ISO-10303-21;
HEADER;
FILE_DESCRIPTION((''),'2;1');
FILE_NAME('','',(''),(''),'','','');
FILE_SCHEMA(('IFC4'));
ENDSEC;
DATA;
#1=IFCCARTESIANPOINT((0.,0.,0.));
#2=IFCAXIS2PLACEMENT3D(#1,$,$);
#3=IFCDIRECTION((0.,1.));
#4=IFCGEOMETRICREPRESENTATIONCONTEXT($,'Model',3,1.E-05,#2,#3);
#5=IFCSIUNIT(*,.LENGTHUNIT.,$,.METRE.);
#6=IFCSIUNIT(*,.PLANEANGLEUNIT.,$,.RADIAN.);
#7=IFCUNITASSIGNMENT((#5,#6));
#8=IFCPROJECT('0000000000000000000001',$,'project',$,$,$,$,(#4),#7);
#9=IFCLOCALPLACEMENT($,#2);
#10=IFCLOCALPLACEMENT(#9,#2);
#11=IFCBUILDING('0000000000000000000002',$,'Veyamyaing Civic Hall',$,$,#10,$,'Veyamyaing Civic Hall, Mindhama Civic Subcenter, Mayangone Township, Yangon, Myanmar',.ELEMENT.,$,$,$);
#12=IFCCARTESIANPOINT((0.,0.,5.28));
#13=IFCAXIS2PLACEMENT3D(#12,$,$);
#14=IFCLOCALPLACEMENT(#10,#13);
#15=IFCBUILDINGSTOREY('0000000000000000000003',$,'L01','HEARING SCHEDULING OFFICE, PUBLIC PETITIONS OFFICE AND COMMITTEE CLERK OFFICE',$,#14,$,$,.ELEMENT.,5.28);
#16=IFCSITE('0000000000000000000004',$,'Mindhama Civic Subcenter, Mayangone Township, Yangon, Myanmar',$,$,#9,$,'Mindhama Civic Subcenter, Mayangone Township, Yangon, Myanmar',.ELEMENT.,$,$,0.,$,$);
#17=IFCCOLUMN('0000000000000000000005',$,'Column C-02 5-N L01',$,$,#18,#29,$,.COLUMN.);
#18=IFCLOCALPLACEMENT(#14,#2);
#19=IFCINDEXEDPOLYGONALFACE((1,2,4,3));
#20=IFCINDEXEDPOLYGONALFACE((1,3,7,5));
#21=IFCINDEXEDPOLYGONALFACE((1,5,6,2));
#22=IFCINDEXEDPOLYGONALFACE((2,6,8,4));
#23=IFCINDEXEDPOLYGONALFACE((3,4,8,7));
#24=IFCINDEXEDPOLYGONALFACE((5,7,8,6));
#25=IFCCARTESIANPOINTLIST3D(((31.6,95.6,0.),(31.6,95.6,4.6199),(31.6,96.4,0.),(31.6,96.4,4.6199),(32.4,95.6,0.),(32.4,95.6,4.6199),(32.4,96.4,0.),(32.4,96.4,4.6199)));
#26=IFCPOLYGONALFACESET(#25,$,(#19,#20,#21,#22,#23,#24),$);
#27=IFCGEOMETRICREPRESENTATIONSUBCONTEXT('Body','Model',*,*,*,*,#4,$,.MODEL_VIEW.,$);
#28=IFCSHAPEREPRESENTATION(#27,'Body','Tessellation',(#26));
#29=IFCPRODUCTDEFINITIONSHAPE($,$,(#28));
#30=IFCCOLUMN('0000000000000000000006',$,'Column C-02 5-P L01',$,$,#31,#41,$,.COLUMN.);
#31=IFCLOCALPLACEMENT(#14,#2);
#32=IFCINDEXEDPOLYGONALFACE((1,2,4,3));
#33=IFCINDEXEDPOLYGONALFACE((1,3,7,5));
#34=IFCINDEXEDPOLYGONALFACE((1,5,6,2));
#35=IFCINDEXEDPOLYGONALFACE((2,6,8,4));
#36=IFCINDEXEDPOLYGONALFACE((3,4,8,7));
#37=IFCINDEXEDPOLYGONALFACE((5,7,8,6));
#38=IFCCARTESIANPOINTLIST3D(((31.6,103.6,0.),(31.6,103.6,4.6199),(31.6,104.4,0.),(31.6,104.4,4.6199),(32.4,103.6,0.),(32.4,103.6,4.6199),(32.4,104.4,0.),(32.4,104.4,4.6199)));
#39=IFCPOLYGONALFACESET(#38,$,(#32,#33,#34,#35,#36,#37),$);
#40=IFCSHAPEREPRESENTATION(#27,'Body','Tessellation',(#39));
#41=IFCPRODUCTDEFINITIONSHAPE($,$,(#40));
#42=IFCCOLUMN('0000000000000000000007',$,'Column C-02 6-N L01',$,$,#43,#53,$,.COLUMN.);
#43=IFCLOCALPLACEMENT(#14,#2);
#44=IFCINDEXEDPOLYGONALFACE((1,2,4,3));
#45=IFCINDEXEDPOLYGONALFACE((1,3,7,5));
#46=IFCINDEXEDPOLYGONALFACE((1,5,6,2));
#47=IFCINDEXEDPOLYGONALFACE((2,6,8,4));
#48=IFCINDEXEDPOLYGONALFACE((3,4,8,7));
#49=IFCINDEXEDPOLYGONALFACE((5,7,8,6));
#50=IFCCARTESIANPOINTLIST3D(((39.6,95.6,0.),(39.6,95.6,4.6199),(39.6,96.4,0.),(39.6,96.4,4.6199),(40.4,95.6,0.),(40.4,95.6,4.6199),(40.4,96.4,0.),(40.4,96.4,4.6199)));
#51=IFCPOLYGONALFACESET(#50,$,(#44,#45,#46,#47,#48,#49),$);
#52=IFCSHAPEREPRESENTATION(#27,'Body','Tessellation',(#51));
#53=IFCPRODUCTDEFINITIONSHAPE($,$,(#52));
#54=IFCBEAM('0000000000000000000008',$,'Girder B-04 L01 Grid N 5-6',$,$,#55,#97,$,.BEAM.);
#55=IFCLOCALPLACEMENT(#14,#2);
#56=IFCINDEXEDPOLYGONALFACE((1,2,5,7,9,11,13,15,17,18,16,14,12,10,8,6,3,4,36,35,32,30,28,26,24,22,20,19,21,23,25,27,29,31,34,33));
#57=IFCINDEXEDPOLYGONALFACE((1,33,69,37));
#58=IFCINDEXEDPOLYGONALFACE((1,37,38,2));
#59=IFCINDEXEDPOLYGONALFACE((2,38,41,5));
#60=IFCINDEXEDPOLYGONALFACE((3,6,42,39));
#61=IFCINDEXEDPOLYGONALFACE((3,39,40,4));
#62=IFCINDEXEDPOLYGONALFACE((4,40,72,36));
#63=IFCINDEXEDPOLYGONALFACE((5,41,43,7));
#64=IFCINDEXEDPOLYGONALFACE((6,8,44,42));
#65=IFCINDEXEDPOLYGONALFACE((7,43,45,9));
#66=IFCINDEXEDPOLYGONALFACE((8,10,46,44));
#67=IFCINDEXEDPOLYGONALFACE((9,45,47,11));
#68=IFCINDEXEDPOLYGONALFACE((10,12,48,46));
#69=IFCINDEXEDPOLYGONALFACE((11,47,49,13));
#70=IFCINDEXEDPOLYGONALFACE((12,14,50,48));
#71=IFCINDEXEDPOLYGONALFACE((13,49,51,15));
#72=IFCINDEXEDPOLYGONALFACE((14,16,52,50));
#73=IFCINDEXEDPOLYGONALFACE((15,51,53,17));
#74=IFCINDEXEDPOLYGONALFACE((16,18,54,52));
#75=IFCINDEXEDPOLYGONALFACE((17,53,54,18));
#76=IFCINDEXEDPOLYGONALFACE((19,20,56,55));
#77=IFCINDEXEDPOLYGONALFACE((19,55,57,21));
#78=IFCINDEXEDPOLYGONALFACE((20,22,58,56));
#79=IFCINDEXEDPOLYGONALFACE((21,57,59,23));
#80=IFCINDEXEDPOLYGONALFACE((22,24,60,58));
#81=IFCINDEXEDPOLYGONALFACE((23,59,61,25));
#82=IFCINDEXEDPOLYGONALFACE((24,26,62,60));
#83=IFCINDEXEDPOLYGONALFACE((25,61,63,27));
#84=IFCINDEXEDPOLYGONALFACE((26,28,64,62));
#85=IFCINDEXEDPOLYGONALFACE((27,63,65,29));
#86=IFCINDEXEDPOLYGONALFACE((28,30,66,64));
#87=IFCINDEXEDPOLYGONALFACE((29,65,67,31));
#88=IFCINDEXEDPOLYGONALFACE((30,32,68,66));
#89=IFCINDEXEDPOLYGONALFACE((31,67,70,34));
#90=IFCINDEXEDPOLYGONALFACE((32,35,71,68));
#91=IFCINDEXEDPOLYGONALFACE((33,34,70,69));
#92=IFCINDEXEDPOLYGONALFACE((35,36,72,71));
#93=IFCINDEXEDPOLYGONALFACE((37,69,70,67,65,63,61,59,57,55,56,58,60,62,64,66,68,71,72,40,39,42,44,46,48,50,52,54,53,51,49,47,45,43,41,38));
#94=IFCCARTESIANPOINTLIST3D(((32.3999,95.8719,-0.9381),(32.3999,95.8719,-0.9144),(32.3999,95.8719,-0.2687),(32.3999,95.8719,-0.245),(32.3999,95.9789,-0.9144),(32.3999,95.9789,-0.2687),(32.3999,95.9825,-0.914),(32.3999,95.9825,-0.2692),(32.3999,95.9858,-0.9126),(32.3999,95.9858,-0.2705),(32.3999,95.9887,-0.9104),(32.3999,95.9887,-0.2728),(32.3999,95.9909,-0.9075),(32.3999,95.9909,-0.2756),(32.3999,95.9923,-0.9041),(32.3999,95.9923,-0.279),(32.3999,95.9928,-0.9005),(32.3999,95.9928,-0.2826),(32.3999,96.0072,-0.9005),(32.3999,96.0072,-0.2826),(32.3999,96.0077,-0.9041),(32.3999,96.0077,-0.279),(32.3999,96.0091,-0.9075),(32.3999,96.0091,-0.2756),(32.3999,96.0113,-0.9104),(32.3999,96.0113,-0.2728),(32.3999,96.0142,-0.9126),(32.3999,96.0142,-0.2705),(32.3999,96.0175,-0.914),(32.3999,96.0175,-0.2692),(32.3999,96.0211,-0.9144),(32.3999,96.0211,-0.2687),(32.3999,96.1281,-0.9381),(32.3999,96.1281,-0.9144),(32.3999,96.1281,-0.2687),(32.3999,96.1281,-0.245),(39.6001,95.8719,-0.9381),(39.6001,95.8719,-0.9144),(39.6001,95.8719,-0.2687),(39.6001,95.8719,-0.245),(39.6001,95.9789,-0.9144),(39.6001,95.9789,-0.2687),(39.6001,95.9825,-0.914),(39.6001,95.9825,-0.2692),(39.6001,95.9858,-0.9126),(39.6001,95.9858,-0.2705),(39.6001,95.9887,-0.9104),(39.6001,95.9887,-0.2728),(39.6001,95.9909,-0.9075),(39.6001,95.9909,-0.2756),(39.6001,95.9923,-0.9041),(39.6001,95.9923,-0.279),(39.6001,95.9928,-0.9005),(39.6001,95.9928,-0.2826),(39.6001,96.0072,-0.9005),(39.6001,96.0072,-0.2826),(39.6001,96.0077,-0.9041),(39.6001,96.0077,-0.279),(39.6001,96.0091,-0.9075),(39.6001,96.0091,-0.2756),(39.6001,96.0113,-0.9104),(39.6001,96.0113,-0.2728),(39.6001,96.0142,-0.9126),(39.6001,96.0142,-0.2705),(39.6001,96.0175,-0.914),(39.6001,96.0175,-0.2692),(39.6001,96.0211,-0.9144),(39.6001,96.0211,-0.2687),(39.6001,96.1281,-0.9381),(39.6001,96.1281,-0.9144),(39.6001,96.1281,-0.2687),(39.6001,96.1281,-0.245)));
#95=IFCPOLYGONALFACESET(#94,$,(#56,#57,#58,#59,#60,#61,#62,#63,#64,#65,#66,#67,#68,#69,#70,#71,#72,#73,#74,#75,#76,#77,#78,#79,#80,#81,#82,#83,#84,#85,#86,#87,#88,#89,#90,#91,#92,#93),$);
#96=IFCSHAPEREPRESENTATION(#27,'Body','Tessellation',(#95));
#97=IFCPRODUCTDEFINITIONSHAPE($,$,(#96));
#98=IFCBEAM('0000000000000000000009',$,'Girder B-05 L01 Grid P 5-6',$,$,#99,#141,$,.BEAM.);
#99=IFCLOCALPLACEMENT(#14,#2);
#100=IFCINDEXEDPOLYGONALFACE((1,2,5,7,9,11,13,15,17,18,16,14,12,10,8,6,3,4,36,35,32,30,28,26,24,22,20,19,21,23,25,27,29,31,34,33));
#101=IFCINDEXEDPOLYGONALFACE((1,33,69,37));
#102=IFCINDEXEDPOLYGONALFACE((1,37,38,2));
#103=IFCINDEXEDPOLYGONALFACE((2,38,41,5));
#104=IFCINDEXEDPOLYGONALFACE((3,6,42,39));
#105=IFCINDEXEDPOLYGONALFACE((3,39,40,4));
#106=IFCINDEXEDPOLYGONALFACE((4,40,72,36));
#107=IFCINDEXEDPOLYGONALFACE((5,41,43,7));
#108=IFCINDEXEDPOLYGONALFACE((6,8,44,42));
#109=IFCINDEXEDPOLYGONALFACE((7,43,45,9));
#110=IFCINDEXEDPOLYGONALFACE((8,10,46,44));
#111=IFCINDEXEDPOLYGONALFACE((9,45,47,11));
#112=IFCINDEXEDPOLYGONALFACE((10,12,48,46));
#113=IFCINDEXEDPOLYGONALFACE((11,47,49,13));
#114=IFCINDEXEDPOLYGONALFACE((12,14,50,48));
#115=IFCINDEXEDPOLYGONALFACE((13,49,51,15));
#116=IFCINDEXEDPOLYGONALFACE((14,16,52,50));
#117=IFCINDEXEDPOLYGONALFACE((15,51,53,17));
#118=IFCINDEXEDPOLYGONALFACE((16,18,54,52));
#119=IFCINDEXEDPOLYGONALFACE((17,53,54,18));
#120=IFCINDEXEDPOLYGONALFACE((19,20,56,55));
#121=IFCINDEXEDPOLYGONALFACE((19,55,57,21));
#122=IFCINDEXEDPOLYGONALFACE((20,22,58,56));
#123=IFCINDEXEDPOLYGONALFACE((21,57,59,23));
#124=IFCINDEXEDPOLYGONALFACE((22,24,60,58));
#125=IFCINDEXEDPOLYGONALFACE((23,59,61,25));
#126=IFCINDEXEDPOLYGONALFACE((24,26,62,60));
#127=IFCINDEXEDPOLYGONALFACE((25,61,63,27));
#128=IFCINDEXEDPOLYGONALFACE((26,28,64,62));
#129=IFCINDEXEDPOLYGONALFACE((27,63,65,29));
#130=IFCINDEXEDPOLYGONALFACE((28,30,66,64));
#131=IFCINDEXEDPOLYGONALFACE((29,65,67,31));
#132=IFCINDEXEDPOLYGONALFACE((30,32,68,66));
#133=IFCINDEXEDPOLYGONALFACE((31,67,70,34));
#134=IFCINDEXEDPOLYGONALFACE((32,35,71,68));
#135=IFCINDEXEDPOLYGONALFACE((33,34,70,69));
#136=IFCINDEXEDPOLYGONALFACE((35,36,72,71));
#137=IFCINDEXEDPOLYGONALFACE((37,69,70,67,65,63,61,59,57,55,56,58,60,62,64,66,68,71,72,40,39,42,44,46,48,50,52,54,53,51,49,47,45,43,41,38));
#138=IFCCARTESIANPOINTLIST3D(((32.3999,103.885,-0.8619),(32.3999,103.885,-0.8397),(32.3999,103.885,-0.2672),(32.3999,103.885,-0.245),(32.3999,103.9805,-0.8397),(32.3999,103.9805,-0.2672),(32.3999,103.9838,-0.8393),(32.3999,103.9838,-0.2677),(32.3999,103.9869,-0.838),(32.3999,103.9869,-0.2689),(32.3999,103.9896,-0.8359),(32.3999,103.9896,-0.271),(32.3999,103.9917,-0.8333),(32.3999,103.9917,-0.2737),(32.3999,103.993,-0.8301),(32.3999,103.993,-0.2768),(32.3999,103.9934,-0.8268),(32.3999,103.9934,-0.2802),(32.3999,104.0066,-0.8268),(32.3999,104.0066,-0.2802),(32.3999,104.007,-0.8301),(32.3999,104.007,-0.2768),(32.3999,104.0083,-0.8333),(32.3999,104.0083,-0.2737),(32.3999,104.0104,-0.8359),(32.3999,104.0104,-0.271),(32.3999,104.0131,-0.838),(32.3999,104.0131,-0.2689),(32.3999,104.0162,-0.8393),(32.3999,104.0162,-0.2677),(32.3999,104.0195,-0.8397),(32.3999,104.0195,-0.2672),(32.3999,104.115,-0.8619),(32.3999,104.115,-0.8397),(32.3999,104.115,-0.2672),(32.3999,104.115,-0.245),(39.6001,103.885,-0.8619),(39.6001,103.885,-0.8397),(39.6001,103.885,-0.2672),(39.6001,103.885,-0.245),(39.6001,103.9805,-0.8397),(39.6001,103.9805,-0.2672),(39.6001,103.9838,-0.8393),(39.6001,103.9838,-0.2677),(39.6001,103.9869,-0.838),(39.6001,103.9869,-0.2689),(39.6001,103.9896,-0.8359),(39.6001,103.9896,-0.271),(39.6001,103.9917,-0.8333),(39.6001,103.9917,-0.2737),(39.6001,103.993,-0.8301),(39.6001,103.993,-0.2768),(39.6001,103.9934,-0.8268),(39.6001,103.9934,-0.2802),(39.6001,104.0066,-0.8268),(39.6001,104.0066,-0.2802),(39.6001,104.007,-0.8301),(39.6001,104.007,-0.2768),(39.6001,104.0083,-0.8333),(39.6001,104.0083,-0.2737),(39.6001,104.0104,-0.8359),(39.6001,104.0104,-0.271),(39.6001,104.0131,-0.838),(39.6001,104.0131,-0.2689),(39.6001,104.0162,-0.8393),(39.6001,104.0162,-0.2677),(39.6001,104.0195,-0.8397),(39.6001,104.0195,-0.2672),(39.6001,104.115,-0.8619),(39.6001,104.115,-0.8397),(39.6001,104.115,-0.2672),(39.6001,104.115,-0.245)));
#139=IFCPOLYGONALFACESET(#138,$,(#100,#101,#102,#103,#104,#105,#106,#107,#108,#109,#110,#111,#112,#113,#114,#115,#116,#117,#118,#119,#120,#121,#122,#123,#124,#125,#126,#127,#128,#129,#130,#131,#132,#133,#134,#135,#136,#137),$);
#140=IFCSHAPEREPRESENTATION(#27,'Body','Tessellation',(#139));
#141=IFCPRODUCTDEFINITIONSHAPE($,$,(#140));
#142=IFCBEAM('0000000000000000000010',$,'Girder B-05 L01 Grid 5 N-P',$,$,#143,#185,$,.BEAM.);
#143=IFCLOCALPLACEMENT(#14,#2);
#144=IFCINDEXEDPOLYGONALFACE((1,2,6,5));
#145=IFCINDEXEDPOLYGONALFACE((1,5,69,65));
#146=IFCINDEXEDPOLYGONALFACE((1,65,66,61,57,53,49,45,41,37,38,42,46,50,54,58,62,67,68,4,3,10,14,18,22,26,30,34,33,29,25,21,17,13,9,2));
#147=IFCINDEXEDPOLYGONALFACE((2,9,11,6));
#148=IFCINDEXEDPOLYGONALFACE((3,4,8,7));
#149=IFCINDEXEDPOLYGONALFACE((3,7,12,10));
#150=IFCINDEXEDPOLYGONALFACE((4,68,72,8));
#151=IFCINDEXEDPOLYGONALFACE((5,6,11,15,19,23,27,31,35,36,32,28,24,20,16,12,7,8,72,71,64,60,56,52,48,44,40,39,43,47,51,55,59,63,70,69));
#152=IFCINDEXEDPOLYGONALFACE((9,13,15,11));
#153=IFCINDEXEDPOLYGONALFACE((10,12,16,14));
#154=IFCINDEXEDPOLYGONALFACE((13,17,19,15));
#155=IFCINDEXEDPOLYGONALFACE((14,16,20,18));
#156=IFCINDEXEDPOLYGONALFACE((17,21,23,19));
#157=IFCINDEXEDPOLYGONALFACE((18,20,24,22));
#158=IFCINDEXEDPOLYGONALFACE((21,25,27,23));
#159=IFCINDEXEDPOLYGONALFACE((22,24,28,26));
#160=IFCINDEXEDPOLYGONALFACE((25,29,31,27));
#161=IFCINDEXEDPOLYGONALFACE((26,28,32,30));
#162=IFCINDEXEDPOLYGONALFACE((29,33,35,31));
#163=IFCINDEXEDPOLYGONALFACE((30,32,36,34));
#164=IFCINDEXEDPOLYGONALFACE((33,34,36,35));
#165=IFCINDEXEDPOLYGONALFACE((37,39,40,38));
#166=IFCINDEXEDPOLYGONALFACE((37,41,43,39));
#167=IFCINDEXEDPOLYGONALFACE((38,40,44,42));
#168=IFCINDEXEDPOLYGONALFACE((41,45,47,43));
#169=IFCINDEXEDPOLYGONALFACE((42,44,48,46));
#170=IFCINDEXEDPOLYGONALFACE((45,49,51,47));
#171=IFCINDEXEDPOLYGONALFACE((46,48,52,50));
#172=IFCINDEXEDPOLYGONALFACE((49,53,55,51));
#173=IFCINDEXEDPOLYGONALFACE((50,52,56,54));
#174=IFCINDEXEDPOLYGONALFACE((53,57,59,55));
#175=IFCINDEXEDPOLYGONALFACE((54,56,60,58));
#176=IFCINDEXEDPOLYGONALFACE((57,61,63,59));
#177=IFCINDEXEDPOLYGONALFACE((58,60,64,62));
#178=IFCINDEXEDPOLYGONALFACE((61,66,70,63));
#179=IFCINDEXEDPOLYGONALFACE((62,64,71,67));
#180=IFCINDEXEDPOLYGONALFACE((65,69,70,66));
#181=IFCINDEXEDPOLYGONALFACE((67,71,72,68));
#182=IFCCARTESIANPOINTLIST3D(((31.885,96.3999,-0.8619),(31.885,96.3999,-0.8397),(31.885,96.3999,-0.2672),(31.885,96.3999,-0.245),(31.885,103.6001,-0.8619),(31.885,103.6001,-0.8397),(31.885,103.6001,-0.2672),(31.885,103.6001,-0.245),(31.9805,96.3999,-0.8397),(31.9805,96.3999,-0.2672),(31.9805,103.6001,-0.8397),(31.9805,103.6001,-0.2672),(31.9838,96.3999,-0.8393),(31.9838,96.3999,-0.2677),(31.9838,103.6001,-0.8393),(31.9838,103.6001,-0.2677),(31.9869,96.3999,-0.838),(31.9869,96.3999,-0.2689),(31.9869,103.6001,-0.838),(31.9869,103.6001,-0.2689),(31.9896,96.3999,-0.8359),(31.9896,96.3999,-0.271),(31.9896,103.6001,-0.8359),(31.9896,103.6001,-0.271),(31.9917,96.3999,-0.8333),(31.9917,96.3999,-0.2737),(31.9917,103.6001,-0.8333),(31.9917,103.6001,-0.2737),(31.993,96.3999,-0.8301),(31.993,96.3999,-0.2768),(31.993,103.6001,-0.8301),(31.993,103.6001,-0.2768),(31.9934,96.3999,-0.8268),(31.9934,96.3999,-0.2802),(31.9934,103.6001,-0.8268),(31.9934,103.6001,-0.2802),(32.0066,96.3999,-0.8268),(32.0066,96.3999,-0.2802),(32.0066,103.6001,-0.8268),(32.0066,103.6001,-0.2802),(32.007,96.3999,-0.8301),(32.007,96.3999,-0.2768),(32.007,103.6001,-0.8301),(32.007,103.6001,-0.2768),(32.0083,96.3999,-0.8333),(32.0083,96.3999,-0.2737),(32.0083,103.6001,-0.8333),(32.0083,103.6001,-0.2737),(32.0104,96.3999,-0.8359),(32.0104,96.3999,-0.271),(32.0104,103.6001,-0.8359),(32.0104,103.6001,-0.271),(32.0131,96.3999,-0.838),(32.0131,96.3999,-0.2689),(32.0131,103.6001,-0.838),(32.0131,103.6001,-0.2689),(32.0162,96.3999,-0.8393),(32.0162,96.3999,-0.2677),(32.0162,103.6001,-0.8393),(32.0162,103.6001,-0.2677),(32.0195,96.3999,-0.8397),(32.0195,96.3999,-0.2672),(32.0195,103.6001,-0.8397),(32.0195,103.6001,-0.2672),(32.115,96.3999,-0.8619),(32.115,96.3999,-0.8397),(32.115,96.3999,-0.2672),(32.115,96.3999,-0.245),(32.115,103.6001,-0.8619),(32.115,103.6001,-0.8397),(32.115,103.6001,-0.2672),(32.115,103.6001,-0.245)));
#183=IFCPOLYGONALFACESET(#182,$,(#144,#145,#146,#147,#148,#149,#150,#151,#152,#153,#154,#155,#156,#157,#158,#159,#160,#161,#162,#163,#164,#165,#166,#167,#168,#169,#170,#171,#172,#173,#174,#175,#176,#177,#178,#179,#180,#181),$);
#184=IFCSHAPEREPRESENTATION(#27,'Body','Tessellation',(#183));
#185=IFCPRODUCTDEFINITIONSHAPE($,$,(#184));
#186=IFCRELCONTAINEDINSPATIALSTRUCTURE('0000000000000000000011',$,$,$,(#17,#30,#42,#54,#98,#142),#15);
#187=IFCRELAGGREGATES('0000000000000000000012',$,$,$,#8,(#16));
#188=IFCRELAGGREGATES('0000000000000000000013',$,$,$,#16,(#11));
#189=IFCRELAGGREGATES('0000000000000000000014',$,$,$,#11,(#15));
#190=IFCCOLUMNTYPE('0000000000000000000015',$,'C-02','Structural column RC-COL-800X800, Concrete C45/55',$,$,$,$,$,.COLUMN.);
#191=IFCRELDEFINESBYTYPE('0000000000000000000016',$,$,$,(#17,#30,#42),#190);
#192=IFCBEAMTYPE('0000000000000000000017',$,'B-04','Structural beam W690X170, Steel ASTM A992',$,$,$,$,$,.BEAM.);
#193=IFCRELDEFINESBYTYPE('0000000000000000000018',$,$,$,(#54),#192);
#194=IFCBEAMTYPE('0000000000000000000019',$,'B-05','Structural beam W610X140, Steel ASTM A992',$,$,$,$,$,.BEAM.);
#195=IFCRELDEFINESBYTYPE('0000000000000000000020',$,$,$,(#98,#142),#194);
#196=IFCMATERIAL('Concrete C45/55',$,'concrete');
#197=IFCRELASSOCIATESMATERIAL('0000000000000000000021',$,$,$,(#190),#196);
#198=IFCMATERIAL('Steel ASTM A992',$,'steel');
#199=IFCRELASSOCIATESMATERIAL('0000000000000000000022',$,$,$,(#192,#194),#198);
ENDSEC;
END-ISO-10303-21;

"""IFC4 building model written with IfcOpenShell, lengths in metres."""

from ifc_helpers import new_model, si_unit, direction, frame, origin, origin_2d, place, context, subcontext, project, spatial, rectangle, i_section, extrude, material, material_profile, profile_set, type_object, element, save


model = new_model("IFC4")

# Units and contexts
model_context = context("Model", 3, precision=1e-05, world=origin(), true_north=direction((0.0, 1.0)))
body_context = subcontext(model_context, "Body", "Model", "MODEL_VIEW")
ifc_project = project(units=[si_unit("LENGTHUNIT", "METRE"), si_unit("PLANEANGLEUNIT", "RADIAN")], contexts=[model_context])

# Site, building, storey
site_placement = place(None, origin())
site = spatial("IfcSite", under=ifc_project, at=site_placement, Name="Mindhama Civic Subcenter, Mayangone Township, Yangon, Myanmar", LongName="Mindhama Civic Subcenter, Mayangone Township, Yangon, Myanmar", CompositionType="ELEMENT", RefElevation=0.0)
building_placement = place(site_placement, origin())
building = spatial("IfcBuilding", under=site, at=building_placement, Name="Veyamyaing Civic Hall", LongName="Veyamyaing Civic Hall, Mindhama Civic Subcenter, Mayangone Township, Yangon, Myanmar", CompositionType="ELEMENT")
storey_placement = place(building_placement, frame((0.0, 0.0, 5.28)))
storey = spatial("IfcBuildingStorey", under=building, at=storey_placement, Name="L01", Description="HEARING SCHEDULING OFFICE, PUBLIC PETITIONS OFFICE AND COMMITTEE CLERK OFFICE", CompositionType="ELEMENT", Elevation=5.28)

# Columns
ifc_material_1 = material(Name="Concrete C45/55", Category="concrete")
ifc_material_profile_1 = material_profile(ifc_material_1, rectangle(XDim=0.8, YDim=0.8, at=origin_2d()), Name="RC-COL-800X800")
ifc_profile_set_1 = profile_set([ifc_material_profile_1], Name="Concrete C45/55")
column_type = type_object("IfcColumnType", Name="C-02", Description="Structural column RC-COL-800X800, Concrete C45/55", PredefinedType="COLUMN", material=ifc_profile_set_1)
for number, where, z_axis, x_axis, name in (
    (1, (32.0, 96.0, 0.0), (0.0, 0.0, 1.0), (1.0, 0.0, 0.0), "Column C-02 5-N L01"),
    (2, (32.0, 104.0, 0.0), (0.0, 0.0, 1.0), (1.0, 0.0, 0.0), "Column C-02 5-P L01"),
    (3, (40.0, 96.0, 0.0), (0.0, 0.0, 1.0), (1.0, 0.0, 0.0), "Column C-02 6-N L01"),
):
    element("IfcColumn", number, at=place(storey_placement, frame(where, z_axis=z_axis, x_axis=x_axis)), inside=storey, type_object=column_type, Name=name, PredefinedType="COLUMN", context=body_context, shape_type="SweptSolid", body=[
        extrude(rectangle(XDim=0.8, YDim=0.8, at=origin_2d()), origin(), (0.0, 0.0, 1.0), 4.6199),
    ])

# Beams
ifc_material_2 = material(Name="Steel ASTM A992", Category="steel")
ifc_material_profile_2 = material_profile(ifc_material_2, i_section(OverallWidth=0.2561, OverallDepth=0.6931, WebThickness=0.0144, FlangeThickness=0.0237, FilletRadius=0.0139, at=origin_2d()), Name="W690X170")
ifc_profile_set_2 = profile_set([ifc_material_profile_2], Name="Steel ASTM A992")
beam_type_1 = type_object("IfcBeamType", Name="B-04", Description="Structural beam W690X170, Steel ASTM A992", PredefinedType="BEAM", material=ifc_profile_set_2)
beam_1_placement = place(storey_placement, frame((32.3999, 96.0, -0.5916), z_axis=(1.0, 0.0, 0.0), x_axis=(0.0, 1.0, 0.0)))
element("IfcBeam", 4, at=beam_1_placement, inside=storey, type_object=beam_type_1, Name="Girder B-04 L01 Grid N 5-6", PredefinedType="BEAM", context=body_context, shape_type="SweptSolid", body=[
    extrude(i_section(OverallWidth=0.2561, OverallDepth=0.6931, WebThickness=0.0144, FlangeThickness=0.0237, FilletRadius=0.0139, at=origin_2d()), origin(), (0.0, 0.0, 1.0), 7.2002),
])
ifc_material_profile_3 = material_profile(ifc_material_2, i_section(OverallWidth=0.23, OverallDepth=0.6169, WebThickness=0.0132, FlangeThickness=0.0222, FilletRadius=0.0129, at=origin_2d()), Name="W610X140")
ifc_profile_set_3 = profile_set([ifc_material_profile_3], Name="Steel ASTM A992")
beam_type_2 = type_object("IfcBeamType", Name="B-05", Description="Structural beam W610X140, Steel ASTM A992", PredefinedType="BEAM", material=ifc_profile_set_3)
for number, where, z_axis, x_axis, name in (
    (5, (32.3999, 104.0, -0.5535), (1.0, 0.0, 0.0), (0.0, 1.0, 0.0), "Girder B-05 L01 Grid P 5-6"),
    (6, (32.0, 96.3999, -0.5535), (0.0, 1.0, 0.0), (-1.0, 0.0, 0.0), "Girder B-05 L01 Grid 5 N-P"),
):
    element("IfcBeam", number, at=place(storey_placement, frame(where, z_axis=z_axis, x_axis=x_axis)), inside=storey, type_object=beam_type_2, Name=name, PredefinedType="BEAM", context=body_context, shape_type="SweptSolid", body=[
        extrude(i_section(OverallWidth=0.23, OverallDepth=0.6169, WebThickness=0.0132, FlangeThickness=0.0222, FilletRadius=0.0129, at=origin_2d()), origin(), (0.0, 0.0, 1.0), 7.2002),
    ])

save(model, "model.ifc")
